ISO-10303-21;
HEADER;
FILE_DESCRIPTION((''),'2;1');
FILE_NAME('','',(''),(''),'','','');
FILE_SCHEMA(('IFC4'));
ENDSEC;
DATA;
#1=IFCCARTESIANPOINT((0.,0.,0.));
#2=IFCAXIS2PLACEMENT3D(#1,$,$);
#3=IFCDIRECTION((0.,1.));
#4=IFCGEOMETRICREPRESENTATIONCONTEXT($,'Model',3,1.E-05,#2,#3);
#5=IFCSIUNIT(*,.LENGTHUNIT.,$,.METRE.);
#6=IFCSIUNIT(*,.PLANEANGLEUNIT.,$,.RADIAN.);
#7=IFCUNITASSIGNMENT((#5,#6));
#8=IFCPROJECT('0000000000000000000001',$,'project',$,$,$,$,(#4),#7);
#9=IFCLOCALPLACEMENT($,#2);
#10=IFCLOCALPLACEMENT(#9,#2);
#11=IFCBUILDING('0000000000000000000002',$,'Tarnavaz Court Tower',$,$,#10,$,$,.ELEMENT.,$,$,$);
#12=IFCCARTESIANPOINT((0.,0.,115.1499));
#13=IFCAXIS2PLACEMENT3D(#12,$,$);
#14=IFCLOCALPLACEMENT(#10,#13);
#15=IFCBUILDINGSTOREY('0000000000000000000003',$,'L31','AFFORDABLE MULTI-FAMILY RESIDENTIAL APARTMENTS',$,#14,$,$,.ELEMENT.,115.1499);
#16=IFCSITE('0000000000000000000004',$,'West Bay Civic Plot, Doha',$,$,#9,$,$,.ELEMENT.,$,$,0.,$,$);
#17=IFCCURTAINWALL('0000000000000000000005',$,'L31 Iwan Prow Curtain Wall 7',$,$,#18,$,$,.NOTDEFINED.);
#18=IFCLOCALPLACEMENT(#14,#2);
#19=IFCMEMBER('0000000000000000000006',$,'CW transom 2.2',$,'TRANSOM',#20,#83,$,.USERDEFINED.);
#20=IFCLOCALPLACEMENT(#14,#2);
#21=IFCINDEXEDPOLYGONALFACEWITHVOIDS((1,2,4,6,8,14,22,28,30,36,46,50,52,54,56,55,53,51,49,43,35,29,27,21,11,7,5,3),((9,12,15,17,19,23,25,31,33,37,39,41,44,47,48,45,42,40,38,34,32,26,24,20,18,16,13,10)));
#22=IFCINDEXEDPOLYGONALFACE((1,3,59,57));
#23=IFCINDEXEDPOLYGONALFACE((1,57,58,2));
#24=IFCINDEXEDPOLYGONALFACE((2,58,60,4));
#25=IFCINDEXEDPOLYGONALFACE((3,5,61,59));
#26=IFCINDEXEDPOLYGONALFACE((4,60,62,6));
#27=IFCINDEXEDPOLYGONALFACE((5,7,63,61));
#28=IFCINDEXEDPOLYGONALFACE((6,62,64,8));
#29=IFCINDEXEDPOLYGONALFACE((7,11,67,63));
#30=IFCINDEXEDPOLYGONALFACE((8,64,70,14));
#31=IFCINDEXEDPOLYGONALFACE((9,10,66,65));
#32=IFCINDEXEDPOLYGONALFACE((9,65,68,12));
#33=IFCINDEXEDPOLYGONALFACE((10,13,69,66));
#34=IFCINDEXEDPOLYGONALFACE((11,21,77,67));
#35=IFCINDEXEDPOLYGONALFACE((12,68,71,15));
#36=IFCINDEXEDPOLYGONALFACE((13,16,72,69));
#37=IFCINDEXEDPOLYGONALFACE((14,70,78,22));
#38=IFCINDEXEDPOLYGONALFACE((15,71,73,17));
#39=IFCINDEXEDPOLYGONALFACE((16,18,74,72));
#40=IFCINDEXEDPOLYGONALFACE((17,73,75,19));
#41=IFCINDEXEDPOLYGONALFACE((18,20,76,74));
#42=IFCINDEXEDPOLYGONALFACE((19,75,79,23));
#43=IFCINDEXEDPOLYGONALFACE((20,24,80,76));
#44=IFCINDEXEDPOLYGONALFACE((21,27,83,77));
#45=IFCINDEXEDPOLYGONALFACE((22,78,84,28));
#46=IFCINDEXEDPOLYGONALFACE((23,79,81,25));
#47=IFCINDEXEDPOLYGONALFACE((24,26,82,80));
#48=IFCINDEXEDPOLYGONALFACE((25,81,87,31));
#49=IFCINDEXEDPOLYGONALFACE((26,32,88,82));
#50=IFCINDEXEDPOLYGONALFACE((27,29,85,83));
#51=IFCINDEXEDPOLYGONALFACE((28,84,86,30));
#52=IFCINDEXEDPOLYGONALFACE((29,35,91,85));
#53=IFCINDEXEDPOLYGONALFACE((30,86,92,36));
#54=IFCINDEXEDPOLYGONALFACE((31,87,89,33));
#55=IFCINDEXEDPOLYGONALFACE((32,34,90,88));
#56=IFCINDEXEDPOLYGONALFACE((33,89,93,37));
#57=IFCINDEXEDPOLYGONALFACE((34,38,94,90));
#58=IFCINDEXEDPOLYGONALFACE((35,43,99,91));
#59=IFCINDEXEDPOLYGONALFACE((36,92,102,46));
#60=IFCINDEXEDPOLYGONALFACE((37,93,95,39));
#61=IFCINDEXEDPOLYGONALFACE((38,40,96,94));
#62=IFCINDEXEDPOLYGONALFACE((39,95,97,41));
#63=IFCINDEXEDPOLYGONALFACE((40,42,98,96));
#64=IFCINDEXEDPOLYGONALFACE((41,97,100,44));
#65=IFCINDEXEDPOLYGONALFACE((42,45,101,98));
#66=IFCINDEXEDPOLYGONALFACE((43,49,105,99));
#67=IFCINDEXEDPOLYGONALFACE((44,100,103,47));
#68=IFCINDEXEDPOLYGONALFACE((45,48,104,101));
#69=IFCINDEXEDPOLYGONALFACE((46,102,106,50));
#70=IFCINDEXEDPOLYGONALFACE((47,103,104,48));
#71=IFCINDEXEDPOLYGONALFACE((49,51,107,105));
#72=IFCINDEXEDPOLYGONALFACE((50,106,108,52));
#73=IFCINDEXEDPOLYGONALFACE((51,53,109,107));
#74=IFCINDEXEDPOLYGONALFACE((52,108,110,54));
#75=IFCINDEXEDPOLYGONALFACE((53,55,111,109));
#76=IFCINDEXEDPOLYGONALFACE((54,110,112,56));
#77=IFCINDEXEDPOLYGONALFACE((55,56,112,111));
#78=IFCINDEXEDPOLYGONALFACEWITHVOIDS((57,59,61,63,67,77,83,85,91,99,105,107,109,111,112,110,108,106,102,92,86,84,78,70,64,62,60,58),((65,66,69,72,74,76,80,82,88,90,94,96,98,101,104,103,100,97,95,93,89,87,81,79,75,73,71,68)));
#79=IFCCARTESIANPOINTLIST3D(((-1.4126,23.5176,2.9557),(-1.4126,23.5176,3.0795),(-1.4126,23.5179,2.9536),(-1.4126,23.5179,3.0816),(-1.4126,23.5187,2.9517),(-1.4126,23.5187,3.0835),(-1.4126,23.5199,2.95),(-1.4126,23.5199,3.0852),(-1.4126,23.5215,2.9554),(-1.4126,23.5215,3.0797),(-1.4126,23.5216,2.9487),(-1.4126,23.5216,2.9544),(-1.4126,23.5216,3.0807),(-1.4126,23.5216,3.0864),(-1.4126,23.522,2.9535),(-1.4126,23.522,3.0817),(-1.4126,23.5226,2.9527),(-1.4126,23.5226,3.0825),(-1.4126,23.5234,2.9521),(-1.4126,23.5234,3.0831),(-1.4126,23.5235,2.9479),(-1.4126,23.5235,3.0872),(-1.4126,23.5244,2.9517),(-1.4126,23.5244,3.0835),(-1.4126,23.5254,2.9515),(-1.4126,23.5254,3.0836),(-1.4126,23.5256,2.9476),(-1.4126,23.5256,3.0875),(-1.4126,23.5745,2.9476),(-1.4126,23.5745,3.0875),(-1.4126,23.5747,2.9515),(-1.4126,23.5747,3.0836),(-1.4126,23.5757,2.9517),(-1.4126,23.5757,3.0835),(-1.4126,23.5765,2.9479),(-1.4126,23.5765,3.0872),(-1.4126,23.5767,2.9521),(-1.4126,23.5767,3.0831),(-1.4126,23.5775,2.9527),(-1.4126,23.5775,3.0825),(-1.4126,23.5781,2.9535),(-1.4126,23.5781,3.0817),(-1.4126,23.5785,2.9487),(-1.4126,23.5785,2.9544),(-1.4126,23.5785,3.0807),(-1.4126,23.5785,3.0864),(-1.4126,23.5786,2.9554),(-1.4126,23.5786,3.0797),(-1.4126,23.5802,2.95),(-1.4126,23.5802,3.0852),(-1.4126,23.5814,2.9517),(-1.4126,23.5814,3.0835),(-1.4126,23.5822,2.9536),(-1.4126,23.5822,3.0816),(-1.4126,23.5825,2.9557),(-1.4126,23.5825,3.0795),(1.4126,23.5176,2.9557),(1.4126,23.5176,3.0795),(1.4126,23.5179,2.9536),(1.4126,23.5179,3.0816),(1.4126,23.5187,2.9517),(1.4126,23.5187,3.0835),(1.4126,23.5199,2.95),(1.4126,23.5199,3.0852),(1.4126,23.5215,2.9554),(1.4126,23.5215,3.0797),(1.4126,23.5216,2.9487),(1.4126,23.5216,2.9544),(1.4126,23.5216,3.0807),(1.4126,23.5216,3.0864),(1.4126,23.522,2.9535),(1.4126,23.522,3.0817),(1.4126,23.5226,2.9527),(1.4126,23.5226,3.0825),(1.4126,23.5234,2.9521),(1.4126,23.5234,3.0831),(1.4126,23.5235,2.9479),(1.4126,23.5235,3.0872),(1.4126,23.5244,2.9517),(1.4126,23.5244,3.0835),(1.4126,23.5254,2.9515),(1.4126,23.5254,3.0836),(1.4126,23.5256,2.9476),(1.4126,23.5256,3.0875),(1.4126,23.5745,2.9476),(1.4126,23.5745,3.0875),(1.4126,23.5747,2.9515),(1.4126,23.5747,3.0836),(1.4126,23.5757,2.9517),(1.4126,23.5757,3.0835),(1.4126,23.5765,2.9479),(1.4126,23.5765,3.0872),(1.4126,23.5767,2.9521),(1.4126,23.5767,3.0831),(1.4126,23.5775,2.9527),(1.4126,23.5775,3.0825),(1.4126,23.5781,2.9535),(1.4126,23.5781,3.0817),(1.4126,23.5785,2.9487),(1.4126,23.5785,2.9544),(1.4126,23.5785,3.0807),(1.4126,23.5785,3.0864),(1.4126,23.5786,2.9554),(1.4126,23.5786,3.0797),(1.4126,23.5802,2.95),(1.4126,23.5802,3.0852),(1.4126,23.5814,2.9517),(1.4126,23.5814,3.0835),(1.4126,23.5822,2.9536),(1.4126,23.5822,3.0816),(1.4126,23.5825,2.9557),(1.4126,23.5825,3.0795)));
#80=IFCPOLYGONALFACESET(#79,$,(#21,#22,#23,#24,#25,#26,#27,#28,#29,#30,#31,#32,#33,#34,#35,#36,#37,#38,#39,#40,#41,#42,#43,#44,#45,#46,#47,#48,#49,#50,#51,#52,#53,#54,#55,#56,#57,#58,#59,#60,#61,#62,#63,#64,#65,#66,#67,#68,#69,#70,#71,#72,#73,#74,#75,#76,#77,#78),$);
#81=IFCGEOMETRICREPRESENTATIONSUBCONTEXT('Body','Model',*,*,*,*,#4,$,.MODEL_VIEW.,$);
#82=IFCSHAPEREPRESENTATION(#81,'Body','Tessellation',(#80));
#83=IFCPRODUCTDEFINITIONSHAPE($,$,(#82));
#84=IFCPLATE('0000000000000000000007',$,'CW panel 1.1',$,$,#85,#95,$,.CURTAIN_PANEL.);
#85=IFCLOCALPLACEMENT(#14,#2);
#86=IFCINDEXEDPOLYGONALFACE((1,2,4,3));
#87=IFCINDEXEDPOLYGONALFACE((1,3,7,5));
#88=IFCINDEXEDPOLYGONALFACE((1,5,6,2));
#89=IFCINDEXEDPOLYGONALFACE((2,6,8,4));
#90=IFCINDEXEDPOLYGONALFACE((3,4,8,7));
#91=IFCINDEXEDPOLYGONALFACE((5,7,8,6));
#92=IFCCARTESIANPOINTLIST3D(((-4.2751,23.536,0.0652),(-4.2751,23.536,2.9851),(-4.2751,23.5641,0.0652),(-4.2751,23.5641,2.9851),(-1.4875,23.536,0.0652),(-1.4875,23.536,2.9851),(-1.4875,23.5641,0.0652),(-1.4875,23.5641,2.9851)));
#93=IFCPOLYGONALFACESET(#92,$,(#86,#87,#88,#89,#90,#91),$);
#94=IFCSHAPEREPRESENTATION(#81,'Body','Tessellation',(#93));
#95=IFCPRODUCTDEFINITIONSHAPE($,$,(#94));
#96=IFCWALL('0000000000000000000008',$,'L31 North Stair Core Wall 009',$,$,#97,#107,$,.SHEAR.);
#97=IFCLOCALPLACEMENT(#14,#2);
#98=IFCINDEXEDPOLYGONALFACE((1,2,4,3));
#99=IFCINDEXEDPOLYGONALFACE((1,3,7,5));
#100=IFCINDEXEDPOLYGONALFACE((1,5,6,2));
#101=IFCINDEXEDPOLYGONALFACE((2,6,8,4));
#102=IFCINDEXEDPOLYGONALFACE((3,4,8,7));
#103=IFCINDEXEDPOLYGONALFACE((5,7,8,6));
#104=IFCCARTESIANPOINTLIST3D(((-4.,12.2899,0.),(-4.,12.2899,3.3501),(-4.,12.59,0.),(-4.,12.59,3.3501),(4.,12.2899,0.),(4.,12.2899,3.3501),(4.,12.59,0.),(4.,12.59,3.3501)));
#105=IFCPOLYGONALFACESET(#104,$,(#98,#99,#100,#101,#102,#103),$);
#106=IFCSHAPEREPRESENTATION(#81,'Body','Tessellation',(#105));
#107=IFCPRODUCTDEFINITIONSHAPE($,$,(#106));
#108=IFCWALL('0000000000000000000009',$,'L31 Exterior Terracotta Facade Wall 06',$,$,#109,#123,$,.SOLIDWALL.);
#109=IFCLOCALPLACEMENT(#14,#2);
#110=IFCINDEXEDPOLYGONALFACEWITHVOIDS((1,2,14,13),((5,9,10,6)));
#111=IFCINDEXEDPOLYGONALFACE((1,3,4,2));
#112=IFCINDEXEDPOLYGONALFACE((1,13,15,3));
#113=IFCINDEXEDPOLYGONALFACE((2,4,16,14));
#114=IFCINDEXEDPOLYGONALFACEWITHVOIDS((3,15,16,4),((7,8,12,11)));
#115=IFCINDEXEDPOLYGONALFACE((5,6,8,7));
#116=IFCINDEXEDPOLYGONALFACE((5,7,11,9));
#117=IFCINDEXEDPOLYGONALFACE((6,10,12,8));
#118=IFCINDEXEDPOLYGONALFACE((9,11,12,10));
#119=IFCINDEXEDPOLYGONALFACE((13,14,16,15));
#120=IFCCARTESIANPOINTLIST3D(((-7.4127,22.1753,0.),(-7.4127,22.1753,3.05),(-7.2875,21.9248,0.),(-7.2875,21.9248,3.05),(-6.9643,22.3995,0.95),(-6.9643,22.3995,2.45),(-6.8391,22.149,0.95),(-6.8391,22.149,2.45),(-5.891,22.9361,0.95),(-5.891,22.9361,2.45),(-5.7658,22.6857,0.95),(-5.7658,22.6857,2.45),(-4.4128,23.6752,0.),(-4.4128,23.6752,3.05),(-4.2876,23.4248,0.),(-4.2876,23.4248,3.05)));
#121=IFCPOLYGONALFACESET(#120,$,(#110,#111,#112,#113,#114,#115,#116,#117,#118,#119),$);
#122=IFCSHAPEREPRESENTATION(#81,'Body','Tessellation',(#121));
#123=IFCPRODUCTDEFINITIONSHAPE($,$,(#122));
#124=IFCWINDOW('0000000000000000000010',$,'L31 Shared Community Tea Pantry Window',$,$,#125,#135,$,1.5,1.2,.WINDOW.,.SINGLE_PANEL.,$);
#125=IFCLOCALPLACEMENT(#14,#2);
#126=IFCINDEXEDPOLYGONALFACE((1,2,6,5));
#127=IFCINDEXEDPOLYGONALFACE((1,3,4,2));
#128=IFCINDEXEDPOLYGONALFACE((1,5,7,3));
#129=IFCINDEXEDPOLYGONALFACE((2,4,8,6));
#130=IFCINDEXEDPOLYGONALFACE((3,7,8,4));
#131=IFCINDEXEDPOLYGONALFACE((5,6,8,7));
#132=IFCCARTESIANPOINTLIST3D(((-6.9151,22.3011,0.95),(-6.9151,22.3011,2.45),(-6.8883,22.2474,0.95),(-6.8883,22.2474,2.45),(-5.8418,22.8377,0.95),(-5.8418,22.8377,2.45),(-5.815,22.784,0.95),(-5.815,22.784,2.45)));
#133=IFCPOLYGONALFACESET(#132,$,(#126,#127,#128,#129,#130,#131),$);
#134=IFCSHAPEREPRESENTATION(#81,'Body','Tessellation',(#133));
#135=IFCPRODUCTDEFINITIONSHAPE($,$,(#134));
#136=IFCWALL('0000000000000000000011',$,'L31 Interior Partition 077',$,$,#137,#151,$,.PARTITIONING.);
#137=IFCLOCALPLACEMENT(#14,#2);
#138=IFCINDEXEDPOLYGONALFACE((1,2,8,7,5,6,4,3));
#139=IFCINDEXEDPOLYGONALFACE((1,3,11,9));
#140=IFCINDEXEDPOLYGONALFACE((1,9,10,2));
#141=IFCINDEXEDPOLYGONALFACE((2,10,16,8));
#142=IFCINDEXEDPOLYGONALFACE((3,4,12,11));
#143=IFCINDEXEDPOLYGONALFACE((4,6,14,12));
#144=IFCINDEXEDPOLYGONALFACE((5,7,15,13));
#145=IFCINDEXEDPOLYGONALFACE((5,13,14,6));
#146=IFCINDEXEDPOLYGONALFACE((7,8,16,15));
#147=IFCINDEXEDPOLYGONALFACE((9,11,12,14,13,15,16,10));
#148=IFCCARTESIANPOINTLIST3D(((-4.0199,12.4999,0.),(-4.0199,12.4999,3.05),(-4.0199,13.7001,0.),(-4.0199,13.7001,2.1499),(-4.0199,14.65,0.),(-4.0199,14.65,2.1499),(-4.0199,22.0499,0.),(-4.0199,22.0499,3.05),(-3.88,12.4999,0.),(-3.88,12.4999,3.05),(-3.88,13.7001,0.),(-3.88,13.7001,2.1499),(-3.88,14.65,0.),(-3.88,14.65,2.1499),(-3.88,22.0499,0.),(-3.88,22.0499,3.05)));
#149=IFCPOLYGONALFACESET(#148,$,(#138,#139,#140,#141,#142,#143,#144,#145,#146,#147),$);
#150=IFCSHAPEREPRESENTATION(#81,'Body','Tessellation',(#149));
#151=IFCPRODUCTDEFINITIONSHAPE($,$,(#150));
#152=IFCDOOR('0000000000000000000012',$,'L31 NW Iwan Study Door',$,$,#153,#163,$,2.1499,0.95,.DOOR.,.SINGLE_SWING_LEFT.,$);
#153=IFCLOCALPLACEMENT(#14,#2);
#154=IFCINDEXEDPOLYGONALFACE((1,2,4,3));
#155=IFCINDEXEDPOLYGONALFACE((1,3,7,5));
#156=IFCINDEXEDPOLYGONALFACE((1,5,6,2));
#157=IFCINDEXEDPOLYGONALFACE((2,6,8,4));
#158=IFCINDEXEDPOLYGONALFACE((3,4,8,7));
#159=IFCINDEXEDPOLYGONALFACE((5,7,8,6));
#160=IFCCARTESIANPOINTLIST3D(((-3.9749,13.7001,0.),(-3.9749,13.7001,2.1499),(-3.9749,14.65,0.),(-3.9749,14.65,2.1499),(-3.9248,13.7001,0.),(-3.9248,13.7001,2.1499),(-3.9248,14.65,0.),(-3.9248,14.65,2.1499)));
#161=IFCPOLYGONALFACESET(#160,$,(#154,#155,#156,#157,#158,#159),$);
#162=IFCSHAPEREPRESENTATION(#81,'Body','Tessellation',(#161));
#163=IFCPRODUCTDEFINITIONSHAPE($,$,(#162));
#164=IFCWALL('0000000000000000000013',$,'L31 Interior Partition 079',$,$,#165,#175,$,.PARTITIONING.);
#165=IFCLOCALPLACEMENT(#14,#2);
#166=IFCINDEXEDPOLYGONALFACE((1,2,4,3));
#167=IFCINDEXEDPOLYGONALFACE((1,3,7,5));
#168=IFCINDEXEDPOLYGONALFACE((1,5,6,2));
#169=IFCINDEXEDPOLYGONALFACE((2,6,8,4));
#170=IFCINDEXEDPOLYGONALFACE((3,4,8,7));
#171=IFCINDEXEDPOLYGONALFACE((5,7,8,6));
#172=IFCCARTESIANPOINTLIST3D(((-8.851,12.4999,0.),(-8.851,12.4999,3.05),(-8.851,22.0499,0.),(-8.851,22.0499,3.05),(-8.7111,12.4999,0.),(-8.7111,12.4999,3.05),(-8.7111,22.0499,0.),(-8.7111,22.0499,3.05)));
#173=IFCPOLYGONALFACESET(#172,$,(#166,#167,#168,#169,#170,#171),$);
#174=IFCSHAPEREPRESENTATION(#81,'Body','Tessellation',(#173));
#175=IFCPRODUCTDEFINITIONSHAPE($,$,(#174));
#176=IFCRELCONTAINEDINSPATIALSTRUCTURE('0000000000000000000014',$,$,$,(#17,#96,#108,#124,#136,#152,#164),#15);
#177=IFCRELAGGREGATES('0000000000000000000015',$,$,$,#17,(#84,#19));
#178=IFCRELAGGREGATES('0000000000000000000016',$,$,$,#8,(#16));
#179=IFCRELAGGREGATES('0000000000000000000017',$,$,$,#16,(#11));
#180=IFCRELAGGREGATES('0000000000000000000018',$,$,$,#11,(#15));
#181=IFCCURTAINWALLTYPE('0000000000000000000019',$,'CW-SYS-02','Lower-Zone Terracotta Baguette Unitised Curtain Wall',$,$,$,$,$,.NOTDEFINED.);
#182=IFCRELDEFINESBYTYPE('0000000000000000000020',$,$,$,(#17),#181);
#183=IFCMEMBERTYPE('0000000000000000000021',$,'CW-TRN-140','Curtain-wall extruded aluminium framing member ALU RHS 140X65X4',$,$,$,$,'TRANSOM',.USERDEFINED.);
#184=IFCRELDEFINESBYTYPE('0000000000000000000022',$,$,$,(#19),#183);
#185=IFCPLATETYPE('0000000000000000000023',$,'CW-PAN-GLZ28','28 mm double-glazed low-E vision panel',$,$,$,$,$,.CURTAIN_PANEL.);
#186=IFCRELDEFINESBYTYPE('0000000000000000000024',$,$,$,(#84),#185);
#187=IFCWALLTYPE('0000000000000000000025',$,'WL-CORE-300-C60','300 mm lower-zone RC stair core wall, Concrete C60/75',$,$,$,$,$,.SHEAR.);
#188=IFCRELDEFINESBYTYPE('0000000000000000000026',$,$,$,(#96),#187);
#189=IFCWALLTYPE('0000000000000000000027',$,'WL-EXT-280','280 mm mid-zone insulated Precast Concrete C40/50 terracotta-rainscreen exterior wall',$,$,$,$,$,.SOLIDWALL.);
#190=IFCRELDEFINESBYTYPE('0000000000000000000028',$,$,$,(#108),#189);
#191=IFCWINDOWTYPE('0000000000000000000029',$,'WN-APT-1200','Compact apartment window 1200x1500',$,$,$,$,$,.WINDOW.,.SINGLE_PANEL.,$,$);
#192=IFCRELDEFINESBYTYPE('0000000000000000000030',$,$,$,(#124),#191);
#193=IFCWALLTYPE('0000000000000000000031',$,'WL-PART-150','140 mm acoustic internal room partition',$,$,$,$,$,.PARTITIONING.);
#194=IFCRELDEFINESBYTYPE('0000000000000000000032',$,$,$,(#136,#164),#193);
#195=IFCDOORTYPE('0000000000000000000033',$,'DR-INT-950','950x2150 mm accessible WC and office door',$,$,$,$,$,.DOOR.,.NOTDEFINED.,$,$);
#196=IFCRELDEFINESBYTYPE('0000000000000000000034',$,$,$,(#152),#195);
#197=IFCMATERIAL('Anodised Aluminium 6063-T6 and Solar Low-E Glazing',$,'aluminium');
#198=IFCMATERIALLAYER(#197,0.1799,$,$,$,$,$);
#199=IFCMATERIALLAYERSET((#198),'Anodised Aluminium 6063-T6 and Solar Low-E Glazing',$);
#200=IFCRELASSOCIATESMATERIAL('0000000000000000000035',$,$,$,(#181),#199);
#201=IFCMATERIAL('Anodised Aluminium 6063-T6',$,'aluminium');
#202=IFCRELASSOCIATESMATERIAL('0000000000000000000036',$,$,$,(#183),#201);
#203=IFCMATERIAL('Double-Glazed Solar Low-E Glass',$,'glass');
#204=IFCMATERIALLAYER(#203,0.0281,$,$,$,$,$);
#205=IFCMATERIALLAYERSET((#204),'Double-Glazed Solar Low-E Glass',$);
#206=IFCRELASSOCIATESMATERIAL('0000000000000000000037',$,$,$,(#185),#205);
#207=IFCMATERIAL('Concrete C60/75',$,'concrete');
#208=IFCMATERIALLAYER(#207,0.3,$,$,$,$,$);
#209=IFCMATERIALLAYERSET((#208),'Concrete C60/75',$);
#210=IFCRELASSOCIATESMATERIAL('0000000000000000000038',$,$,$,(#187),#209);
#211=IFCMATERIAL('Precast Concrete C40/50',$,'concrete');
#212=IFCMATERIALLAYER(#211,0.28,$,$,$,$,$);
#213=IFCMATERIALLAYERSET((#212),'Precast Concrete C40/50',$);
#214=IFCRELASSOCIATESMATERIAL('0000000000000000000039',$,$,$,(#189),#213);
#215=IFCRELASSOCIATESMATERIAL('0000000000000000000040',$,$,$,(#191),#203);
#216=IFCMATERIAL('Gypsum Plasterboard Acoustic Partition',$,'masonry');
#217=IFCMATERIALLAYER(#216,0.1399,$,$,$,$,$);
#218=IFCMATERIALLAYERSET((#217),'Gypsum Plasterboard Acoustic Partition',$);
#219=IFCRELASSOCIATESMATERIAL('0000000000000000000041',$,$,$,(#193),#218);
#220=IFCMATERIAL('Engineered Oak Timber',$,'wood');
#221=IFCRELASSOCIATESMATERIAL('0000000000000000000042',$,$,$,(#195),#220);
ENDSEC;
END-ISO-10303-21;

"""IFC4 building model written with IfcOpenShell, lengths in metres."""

from ifc_helpers import new_model, si_unit, direction, frame, frame_2d, origin, origin_2d, place, context, subcontext, project, spatial, rectangle, hollow_rectangle, extrude, material, layer, layer_set, material_profile, profile_set, type_object, element, fill, aggregate, save


model = new_model("IFC4")

# Units and contexts
model_context = context("Model", 3, precision=1e-05, world=origin(), true_north=direction((0.0, 1.0)))
body_context = subcontext(model_context, "Body", "Model", "MODEL_VIEW")
ifc_project = project(units=[si_unit("LENGTHUNIT", "METRE"), si_unit("PLANEANGLEUNIT", "RADIAN")], contexts=[model_context])

# Site, building, storey
site_placement = place(None, origin())
site = spatial("IfcSite", under=ifc_project, at=site_placement, Name="West Bay Civic Plot, Doha", CompositionType="ELEMENT", RefElevation=0.0)
building_placement = place(site_placement, origin())
building = spatial("IfcBuilding", under=site, at=building_placement, Name="Tarnavaz Court Tower", CompositionType="ELEMENT")
storey_placement = place(building_placement, frame((0.0, 0.0, 115.1499)))
storey = spatial("IfcBuildingStorey", under=building, at=storey_placement, Name="L31", Description="AFFORDABLE MULTI-FAMILY RESIDENTIAL APARTMENTS", CompositionType="ELEMENT", Elevation=115.1499)

# Shared definitions
ifc_material_1 = material(Name="Concrete C60/75", Category="concrete")

# Curtain wall, member, plate
ifc_material_2 = material(Name="Anodised Aluminium 6063-T6 and Solar Low-E Glazing", Category="aluminium")
ifc_layer_1 = layer(ifc_material_2, 0.1799)
ifc_layer_set_1 = layer_set([ifc_layer_1], Name="Anodised Aluminium 6063-T6 and Solar Low-E Glazing")
curtain_wall_type = type_object("IfcCurtainWallType", Name="CW-SYS-02", Description="Lower-Zone Terracotta Baguette Unitised Curtain Wall", PredefinedType="NOTDEFINED", material=ifc_layer_set_1)
curtain_wall_placement = place(storey_placement, origin())
curtain_wall = element("IfcCurtainWall", 1, at=curtain_wall_placement, inside=storey, type_object=curtain_wall_type, Name="L31 Iwan Prow Curtain Wall 7", PredefinedType="NOTDEFINED")
ifc_material_3 = material(Name="Anodised Aluminium 6063-T6", Category="aluminium")
ifc_material_profile_1 = material_profile(ifc_material_3, hollow_rectangle(XDim=0.0649, YDim=0.1399, WallThickness=0.0039, InnerFilletRadius=0.0039, OuterFilletRadius=0.0081, at=origin_2d()), Name="ALU RHS 140X65X4")
ifc_profile_set_1 = profile_set([ifc_material_profile_1], Name="Anodised Aluminium 6063-T6")
member_type_1 = type_object("IfcMemberType", Name="CW-TRN-140", Description="Curtain-wall extruded aluminium framing member ALU RHS 140X65X4", ElementType="TRANSOM", PredefinedType="USERDEFINED", material=ifc_profile_set_1)
member_1_placement = place(storey_placement, frame((-1.4126, 23.55, 3.0176), z_axis=(1.0, 0.0, 0.0), x_axis=(0.0, 1.0, 0.0)))
member_1 = element("IfcMember", 2, at=member_1_placement, type_object=member_type_1, Name="CW transom 2.2", ObjectType="TRANSOM", PredefinedType="USERDEFINED", context=body_context, shape_type="SweptSolid", body=[
    extrude(hollow_rectangle(XDim=0.0649, YDim=0.1399, WallThickness=0.0039, InnerFilletRadius=0.0039, OuterFilletRadius=0.0081, at=origin_2d()), origin(), (0.0, 0.0, 1.0), 2.8252),
])
ifc_material_4 = material(Name="Double-Glazed Solar Low-E Glass", Category="glass")
ifc_layer_2 = layer(ifc_material_4, 0.0281)
ifc_layer_set_2 = layer_set([ifc_layer_2], Name="Double-Glazed Solar Low-E Glass")
plate_type = type_object("IfcPlateType", Name="CW-PAN-GLZ28", Description="28 mm double-glazed low-E vision panel", PredefinedType="CURTAIN_PANEL", material=ifc_layer_set_2)
plate_placement = place(storey_placement, frame((-2.8813, 23.55, 0.0652), z_axis=(0.0, 0.0, 1.0), x_axis=(1.0, 0.0, 0.0)))
plate = element("IfcPlate", 3, at=plate_placement, type_object=plate_type, Name="CW panel 1.1", PredefinedType="CURTAIN_PANEL", context=body_context, shape_type="SweptSolid", body=[
    extrude(rectangle(XDim=2.7876, YDim=0.0281, at=origin_2d()), origin(), (0.0, 0.0, 1.0), 2.9199),
])
aggregate(curtain_wall, [plate, member_1])

# Wall
ifc_layer_3 = layer(ifc_material_1, 0.3)
ifc_layer_set_3 = layer_set([ifc_layer_3], Name="Concrete C60/75")
wall_type_1 = type_object("IfcWallType", Name="WL-CORE-300-C60", Description="300 mm lower-zone RC stair core wall, Concrete C60/75", PredefinedType="SHEAR", material=ifc_layer_set_3)
wall_1_placement = place(storey_placement, frame((-4.0, 12.4399, 0.0), z_axis=(0.0, 0.0, 1.0), x_axis=(1.0, 0.0, 0.0)))
element("IfcWall", 4, at=wall_1_placement, inside=storey, type_object=wall_type_1, Name="L31 North Stair Core Wall 009", PredefinedType="SHEAR", context=body_context, shape_type="SweptSolid", body=[
    extrude(rectangle(XDim=8.0, YDim=0.3, at=frame_2d((4.0, 0.0))), origin(), (0.0, 0.0, 1.0), 3.3501),
])

# Wall, opening, window
ifc_material_5 = material(Name="Precast Concrete C40/50", Category="concrete")
ifc_layer_4 = layer(ifc_material_5, 0.28)
ifc_layer_set_4 = layer_set([ifc_layer_4], Name="Precast Concrete C40/50")
wall_type_2 = type_object("IfcWallType", Name="WL-EXT-280", Description="280 mm mid-zone insulated Precast Concrete C40/50 terracotta-rainscreen exterior wall", PredefinedType="SOLIDWALL", material=ifc_layer_set_4)
wall_2_placement = place(storey_placement, frame((-7.3501, 22.05, 0.0), z_axis=(0.0, 0.0, 1.0), x_axis=(0.894427, 0.447214, 0.0)))
wall_2 = element("IfcWall", 5, at=wall_2_placement, inside=storey, type_object=wall_type_2, Name="L31 Exterior Terracotta Facade Wall 06", PredefinedType="SOLIDWALL", context=body_context, shape_type="SweptSolid", body=[
    extrude(rectangle(XDim=3.354, YDim=0.28, at=frame_2d((1.677, 0.0))), origin(), (0.0, 0.0, 1.0), 3.05),
])
opening_1_placement = place(wall_2_placement, frame((0.5012, 0.0, 0.95)))
opening_1 = element("IfcOpeningElement", 6, at=opening_1_placement, cuts=wall_2, PredefinedType="OPENING", context=body_context, shape_type="SweptSolid", body=[
    extrude(rectangle(XDim=1.2, YDim=1.5, at=frame_2d((0.6001, 0.75))), frame((0.0, 0.1499, 0.0), z_axis=(0.0, -1.0, 0.0), x_axis=(1.0, 0.0, 0.0)), (0.0, 0.0, 1.0), 0.3),
])
window_type = type_object("IfcWindowType", Name="WN-APT-1200", Description="Compact apartment window 1200x1500", PartitioningType="SINGLE_PANEL", PredefinedType="WINDOW", material=ifc_material_4)
window_placement = place(opening_1_placement, origin())
window = element("IfcWindow", 7, at=window_placement, inside=storey, type_object=window_type, Name="L31 Shared Community Tea Pantry Window", OverallHeight=1.5, OverallWidth=1.2, PartitioningType="SINGLE_PANEL", PredefinedType="WINDOW", context=body_context, shape_type="SweptSolid", body=[
    extrude(rectangle(XDim=1.2, YDim=1.5, at=frame_2d((0.6001, 0.75))), frame((0.0, 0.03, 0.0), z_axis=(0.0, -1.0, 0.0), x_axis=(1.0, 0.0, 0.0)), (0.0, 0.0, 1.0), 0.0601),
])
fill(opening_1, window)

# Wall, opening, door
ifc_material_6 = material(Name="Gypsum Plasterboard Acoustic Partition", Category="masonry")
ifc_layer_5 = layer(ifc_material_6, 0.1399)
ifc_layer_set_5 = layer_set([ifc_layer_5], Name="Gypsum Plasterboard Acoustic Partition")
wall_type_3 = type_object("IfcWallType", Name="WL-PART-150", Description="140 mm acoustic internal room partition", PredefinedType="PARTITIONING", material=ifc_layer_set_5)
wall_3_placement = place(storey_placement, frame((-3.95, 12.5, 0.0), z_axis=(0.0, 0.0, 1.0), x_axis=(0.0, 1.0, 0.0)))
wall_3 = element("IfcWall", 8, at=wall_3_placement, inside=storey, type_object=wall_type_3, Name="L31 Interior Partition 077", PredefinedType="PARTITIONING", context=body_context, shape_type="SweptSolid", body=[
    extrude(rectangle(XDim=9.55, YDim=0.1399, at=frame_2d((4.7749, 0.0))), origin(), (0.0, 0.0, 1.0), 3.05),
])
opening_2_placement = place(wall_3_placement, frame((1.2, 0.0, 0.0)))
opening_2 = element("IfcOpeningElement", 9, at=opening_2_placement, cuts=wall_3, PredefinedType="OPENING", context=body_context, shape_type="SweptSolid", body=[
    extrude(rectangle(XDim=0.95, YDim=2.1499, at=frame_2d((0.4751, 1.075))), frame((0.0, 0.0798, 0.0), z_axis=(0.0, -1.0, 0.0), x_axis=(1.0, 0.0, 0.0)), (0.0, 0.0, 1.0), 0.1599),
])
ifc_material_7 = material(Name="Engineered Oak Timber", Category="wood")
door_type = type_object("IfcDoorType", Name="DR-INT-950", Description="950x2150 mm accessible WC and office door", OperationType="NOTDEFINED", PredefinedType="DOOR", material=ifc_material_7)
door_placement = place(opening_2_placement, origin())
door = element("IfcDoor", 10, at=door_placement, inside=storey, type_object=door_type, Name="L31 NW Iwan Study Door", OperationType="SINGLE_SWING_LEFT", OverallHeight=2.1499, OverallWidth=0.95, PredefinedType="DOOR", context=body_context, shape_type="SweptSolid", body=[
    extrude(rectangle(XDim=0.95, YDim=2.1499, at=frame_2d((0.4751, 1.075))), frame((0.0, 0.0249, 0.0), z_axis=(0.0, -1.0, 0.0), x_axis=(1.0, 0.0, 0.0)), (0.0, 0.0, 1.0), 0.05),
])
fill(opening_2, door)

# Wall
wall_4_placement = place(storey_placement, frame((-8.781, 12.5, 0.0), z_axis=(0.0, 0.0, 1.0), x_axis=(0.0, 1.0, 0.0)))
element("IfcWall", 11, at=wall_4_placement, inside=storey, type_object=wall_type_3, Name="L31 Interior Partition 079", PredefinedType="PARTITIONING", context=body_context, shape_type="SweptSolid", body=[
    extrude(rectangle(XDim=9.55, YDim=0.1399, at=frame_2d((4.7749, 0.0))), origin(), (0.0, 0.0, 1.0), 3.05),
])

save(model, "model.ifc")
